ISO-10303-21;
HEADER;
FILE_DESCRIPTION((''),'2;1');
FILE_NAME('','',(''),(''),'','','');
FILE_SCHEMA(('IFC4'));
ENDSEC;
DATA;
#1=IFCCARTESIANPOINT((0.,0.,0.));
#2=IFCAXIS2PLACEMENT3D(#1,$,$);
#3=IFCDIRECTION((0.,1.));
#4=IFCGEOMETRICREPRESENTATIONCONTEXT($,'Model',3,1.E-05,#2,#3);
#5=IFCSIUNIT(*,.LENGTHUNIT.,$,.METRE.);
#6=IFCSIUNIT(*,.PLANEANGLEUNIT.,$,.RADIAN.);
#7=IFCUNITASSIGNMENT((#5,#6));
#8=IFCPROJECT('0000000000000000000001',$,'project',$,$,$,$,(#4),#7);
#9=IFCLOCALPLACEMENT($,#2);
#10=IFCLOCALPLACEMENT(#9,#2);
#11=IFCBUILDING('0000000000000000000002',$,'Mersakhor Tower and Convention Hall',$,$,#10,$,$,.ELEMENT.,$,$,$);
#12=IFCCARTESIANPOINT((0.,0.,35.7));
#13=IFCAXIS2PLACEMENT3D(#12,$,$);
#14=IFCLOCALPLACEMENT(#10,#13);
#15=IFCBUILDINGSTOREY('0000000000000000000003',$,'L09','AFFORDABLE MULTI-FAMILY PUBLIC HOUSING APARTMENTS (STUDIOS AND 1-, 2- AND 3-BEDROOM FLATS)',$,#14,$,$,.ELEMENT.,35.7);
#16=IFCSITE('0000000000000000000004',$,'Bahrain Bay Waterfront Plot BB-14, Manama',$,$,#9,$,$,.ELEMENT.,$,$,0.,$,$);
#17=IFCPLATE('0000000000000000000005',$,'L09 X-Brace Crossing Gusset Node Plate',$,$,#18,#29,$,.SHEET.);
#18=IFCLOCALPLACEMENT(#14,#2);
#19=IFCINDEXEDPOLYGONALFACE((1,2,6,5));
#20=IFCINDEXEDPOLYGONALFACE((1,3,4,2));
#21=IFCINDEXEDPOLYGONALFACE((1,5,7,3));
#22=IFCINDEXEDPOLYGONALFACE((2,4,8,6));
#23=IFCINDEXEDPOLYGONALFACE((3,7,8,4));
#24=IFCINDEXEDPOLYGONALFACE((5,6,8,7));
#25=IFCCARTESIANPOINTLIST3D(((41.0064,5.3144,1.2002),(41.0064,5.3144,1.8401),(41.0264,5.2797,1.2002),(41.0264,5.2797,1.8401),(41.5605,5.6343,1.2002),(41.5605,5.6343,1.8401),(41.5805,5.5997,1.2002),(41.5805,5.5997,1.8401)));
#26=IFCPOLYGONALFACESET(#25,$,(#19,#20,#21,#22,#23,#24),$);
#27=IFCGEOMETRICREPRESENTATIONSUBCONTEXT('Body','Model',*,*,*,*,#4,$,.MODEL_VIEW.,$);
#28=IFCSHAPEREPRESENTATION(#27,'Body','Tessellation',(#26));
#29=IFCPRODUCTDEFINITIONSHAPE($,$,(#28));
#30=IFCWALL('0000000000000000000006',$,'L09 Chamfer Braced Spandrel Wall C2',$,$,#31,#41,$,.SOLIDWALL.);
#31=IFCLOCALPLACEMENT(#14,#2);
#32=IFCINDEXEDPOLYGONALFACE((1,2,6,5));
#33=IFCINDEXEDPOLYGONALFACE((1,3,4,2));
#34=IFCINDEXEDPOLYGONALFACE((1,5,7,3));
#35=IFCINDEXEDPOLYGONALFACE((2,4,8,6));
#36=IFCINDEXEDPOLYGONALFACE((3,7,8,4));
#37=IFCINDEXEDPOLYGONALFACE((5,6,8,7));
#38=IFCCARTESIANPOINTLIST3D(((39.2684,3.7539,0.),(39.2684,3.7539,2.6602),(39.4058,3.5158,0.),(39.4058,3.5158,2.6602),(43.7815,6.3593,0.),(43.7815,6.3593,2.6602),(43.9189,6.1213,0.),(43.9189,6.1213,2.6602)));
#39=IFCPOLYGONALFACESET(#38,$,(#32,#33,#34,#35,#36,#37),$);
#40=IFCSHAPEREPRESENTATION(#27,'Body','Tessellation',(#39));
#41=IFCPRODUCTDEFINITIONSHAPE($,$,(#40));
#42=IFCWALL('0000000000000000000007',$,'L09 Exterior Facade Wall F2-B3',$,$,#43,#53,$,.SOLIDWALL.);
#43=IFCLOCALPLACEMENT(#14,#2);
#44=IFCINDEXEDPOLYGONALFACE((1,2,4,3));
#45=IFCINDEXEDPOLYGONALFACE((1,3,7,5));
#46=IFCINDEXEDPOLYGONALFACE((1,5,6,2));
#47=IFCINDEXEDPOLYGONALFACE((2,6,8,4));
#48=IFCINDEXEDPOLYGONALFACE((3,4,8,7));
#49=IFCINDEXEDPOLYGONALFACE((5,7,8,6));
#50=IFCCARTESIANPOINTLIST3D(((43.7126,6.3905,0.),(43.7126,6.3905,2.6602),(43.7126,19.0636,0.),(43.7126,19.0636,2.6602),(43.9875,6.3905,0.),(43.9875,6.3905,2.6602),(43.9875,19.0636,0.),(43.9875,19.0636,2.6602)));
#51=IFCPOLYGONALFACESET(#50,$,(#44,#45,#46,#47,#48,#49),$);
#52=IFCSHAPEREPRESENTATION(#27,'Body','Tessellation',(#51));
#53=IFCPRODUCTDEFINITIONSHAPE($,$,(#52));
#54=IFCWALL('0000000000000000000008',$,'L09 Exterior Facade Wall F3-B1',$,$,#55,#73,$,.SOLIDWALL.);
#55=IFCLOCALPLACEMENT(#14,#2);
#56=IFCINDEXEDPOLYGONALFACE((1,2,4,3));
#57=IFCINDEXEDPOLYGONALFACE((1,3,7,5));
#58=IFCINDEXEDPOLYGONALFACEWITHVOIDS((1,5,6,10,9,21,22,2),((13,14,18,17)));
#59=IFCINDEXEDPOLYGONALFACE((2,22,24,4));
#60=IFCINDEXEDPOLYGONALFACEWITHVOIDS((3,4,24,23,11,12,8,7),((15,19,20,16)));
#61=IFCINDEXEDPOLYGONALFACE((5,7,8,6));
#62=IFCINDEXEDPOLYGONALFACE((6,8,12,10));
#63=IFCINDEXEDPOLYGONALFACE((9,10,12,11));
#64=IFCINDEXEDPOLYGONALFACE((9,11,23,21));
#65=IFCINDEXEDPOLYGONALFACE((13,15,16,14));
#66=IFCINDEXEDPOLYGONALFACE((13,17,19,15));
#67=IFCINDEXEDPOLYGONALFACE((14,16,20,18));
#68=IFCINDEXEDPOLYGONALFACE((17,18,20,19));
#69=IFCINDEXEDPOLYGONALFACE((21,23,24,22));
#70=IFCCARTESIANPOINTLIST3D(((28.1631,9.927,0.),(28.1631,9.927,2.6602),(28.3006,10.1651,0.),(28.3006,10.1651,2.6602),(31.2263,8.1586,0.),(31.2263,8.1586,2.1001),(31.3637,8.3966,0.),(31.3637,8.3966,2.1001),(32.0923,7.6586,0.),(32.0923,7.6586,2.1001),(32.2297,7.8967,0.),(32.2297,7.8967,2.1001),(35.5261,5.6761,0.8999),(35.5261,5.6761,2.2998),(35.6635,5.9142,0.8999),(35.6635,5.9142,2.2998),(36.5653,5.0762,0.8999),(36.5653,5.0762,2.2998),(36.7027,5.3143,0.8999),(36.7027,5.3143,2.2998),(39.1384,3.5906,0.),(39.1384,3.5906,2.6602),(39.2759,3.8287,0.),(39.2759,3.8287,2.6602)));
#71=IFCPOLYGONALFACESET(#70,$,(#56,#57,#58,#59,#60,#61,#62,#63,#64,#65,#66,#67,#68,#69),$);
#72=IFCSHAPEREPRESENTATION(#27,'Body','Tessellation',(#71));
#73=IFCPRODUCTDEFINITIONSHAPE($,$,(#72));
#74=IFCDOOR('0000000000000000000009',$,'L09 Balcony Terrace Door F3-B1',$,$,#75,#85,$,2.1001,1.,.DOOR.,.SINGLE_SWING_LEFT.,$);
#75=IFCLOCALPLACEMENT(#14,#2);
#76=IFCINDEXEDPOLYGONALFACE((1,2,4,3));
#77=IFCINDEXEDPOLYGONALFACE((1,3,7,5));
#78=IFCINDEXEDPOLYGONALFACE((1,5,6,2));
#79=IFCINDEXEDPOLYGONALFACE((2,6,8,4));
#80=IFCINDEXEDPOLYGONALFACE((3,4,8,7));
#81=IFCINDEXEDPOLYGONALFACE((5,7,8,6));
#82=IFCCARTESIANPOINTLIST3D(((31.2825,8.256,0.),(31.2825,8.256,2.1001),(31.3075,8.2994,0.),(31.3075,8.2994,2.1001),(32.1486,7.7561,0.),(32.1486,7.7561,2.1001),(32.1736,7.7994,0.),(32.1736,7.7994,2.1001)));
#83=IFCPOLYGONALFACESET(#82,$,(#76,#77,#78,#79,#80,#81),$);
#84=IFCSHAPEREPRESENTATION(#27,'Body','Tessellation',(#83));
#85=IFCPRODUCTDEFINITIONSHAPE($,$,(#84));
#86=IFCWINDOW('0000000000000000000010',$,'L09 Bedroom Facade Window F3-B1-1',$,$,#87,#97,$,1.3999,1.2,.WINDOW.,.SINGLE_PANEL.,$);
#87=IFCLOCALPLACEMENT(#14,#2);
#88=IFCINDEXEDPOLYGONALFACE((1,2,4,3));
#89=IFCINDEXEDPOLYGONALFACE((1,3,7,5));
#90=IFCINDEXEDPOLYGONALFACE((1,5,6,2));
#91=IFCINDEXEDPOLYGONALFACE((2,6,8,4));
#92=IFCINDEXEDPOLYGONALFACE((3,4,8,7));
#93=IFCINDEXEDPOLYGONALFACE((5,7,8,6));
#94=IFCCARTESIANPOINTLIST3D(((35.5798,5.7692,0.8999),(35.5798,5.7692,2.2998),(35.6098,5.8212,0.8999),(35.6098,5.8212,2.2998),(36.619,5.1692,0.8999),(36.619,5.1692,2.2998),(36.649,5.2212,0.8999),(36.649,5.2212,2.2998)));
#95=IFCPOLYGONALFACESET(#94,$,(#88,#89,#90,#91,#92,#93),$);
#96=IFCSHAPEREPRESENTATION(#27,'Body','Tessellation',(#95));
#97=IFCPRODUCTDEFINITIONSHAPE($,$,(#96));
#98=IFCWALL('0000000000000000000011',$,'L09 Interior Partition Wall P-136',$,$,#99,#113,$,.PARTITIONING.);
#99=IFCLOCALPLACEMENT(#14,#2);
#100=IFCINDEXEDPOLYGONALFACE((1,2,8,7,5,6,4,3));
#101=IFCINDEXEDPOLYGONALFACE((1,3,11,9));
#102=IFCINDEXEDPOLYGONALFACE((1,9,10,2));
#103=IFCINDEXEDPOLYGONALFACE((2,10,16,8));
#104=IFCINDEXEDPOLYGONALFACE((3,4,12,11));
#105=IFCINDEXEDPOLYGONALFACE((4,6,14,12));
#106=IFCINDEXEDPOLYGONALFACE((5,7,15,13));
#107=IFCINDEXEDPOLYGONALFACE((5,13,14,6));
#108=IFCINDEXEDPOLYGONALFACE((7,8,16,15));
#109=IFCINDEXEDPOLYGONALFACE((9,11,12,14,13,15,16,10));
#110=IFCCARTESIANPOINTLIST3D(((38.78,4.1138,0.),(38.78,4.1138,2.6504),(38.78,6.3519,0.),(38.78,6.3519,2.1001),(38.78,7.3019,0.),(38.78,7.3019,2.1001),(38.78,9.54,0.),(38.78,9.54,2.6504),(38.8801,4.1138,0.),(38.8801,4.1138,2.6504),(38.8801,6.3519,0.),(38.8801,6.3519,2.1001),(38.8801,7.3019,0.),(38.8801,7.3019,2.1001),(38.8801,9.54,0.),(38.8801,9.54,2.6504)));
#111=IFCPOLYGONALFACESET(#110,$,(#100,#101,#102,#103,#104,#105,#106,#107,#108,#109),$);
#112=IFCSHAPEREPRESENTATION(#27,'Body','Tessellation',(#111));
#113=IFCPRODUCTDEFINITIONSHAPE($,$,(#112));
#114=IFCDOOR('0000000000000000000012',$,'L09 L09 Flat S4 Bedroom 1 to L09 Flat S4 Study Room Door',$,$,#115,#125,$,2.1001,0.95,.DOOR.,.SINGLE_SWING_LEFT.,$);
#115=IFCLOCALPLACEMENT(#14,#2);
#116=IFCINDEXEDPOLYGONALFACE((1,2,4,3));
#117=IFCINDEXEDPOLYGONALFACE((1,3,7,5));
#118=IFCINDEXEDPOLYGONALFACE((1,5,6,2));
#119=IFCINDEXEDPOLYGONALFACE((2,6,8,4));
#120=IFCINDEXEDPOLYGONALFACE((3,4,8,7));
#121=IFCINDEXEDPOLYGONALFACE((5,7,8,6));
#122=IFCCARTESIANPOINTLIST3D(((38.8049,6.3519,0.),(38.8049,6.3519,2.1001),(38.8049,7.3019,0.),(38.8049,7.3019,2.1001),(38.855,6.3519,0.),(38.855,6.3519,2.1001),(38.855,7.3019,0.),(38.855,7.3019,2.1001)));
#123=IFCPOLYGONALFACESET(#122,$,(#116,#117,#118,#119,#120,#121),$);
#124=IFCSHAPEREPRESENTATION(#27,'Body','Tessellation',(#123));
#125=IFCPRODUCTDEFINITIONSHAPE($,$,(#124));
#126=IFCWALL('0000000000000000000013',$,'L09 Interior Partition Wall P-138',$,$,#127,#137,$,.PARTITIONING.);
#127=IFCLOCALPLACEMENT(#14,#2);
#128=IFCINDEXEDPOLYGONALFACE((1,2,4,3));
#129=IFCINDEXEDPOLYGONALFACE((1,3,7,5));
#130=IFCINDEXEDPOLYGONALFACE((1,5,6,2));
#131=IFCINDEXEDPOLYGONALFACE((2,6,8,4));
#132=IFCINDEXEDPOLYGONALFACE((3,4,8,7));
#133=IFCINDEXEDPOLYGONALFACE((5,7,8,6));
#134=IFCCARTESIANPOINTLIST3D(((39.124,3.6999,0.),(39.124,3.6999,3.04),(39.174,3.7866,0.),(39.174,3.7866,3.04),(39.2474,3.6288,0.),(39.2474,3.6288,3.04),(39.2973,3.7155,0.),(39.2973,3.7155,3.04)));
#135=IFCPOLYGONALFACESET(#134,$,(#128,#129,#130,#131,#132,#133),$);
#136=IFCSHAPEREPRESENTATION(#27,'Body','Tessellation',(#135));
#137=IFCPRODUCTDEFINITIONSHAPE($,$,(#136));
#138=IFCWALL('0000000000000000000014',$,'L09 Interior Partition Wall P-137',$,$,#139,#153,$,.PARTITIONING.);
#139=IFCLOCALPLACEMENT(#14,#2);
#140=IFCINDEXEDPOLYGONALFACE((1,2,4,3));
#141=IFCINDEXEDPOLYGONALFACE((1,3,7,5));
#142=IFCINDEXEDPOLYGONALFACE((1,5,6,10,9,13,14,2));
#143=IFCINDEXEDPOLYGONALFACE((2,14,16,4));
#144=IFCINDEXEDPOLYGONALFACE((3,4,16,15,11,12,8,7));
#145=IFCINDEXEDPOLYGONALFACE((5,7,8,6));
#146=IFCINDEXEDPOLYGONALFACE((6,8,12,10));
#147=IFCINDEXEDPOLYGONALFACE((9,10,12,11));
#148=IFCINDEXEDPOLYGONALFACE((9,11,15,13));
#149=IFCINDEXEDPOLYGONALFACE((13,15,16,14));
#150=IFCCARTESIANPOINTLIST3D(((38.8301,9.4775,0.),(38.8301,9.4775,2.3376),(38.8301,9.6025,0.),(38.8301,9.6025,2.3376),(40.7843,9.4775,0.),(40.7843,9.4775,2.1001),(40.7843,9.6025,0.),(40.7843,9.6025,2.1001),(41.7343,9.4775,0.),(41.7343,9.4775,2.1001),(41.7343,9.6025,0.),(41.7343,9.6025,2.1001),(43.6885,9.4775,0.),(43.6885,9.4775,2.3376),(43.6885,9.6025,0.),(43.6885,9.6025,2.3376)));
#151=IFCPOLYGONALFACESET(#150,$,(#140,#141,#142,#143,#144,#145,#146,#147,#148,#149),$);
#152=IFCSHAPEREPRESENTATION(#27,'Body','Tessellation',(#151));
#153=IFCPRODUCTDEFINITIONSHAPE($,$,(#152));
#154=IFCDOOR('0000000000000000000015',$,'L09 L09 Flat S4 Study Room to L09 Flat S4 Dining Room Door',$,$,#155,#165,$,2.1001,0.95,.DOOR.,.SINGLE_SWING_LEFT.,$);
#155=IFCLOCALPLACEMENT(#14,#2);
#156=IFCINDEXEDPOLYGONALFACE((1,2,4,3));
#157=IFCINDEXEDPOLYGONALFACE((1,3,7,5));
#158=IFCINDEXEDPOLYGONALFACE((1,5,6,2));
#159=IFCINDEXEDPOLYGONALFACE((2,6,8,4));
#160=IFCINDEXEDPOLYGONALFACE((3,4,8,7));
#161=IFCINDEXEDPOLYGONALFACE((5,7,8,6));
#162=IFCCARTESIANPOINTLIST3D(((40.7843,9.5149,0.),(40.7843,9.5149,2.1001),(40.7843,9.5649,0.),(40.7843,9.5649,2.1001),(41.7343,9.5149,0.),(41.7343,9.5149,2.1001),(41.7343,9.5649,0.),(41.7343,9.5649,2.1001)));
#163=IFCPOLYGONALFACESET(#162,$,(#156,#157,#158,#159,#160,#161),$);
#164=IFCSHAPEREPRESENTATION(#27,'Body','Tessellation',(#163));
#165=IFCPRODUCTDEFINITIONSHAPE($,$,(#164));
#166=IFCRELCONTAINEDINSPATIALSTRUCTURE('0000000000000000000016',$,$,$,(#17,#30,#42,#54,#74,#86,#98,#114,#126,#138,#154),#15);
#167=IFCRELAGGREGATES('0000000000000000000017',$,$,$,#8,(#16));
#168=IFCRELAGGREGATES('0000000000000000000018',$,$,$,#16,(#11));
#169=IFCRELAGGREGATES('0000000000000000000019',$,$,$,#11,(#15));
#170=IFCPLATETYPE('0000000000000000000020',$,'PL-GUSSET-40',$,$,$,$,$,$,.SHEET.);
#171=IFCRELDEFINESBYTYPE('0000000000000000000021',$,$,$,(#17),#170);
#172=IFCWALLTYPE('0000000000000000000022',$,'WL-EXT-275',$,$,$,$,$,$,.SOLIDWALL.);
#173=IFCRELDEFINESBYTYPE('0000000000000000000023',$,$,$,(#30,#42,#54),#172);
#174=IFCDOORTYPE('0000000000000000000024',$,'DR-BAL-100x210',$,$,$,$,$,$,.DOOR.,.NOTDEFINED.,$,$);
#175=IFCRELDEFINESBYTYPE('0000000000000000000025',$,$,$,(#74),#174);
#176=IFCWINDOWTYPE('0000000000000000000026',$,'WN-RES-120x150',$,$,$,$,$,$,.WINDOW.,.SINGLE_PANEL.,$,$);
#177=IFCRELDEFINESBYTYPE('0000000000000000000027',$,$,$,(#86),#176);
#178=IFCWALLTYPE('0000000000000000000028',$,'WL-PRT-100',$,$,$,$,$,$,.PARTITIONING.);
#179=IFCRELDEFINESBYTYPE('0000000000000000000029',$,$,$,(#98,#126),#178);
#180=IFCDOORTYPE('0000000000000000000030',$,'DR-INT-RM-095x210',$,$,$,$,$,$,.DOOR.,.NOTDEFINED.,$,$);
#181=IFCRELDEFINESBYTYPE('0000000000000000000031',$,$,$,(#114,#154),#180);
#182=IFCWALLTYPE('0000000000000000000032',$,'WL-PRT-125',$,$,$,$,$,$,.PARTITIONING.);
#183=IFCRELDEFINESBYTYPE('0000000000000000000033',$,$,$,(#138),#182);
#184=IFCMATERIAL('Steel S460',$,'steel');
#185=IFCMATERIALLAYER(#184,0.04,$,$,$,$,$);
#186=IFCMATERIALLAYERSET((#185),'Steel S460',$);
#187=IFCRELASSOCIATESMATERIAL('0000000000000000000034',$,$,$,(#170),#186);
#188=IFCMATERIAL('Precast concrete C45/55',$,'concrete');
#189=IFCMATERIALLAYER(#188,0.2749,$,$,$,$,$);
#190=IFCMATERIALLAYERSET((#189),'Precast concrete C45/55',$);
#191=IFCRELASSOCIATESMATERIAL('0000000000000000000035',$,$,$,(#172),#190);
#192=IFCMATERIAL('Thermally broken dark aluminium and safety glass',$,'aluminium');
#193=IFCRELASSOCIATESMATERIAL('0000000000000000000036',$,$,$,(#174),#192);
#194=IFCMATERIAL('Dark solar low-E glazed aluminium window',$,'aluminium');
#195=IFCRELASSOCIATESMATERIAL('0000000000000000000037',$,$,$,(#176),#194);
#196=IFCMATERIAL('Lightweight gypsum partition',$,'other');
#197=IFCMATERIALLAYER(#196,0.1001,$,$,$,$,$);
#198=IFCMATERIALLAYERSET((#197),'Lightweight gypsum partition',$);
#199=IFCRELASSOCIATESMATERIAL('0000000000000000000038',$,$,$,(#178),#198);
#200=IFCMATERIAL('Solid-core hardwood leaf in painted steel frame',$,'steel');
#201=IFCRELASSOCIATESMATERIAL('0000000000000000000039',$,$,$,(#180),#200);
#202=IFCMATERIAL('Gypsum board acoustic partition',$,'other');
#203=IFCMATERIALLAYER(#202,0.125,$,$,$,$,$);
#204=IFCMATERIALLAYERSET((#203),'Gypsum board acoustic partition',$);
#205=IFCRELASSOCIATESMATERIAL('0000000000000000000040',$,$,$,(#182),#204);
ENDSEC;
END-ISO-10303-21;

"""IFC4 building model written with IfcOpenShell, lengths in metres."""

from ifc_helpers import new_model, si_unit, direction, frame, frame_2d, origin, origin_2d, place, context, subcontext, project, spatial, rectangle, extrude, material, layer, layer_set, type_object, element, fill, save


model = new_model("IFC4")

# Units and contexts
model_context = context("Model", 3, precision=1e-05, world=origin(), true_north=direction((0.0, 1.0)))
body_context = subcontext(model_context, "Body", "Model", "MODEL_VIEW")
ifc_project = project(units=[si_unit("LENGTHUNIT", "METRE"), si_unit("PLANEANGLEUNIT", "RADIAN")], contexts=[model_context])

# Site, building, storey
site_placement = place(None, origin())
site = spatial("IfcSite", under=ifc_project, at=site_placement, Name="Bahrain Bay Waterfront Plot BB-14, Manama", CompositionType="ELEMENT", RefElevation=0.0)
building_placement = place(site_placement, origin())
building = spatial("IfcBuilding", under=site, at=building_placement, Name="Mersakhor Tower and Convention Hall", CompositionType="ELEMENT")
storey_placement = place(building_placement, frame((0.0, 0.0, 35.7)))
storey = spatial("IfcBuildingStorey", under=building, at=storey_placement, Name="L09", Description="AFFORDABLE MULTI-FAMILY PUBLIC HOUSING APARTMENTS (STUDIOS AND 1-, 2- AND 3-BEDROOM FLATS)", CompositionType="ELEMENT", Elevation=35.7)

# Plate
ifc_material_1 = material(Name="Steel S460", Category="steel")
ifc_layer_1 = layer(ifc_material_1, 0.04)
ifc_layer_set_1 = layer_set([ifc_layer_1], Name="Steel S460")
plate_type_1 = type_object("IfcPlateType", Name="PL-GUSSET-40", PredefinedType="SHEET", material=ifc_layer_set_1)
plate_1_placement = place(storey_placement, frame((41.2935, 5.457, 1.2002), z_axis=(0.0, 0.0, 1.0), x_axis=(0.866025, 0.5, 0.0)))
element("IfcPlate", 1, at=plate_1_placement, inside=storey, type_object=plate_type_1, Name="L09 X-Brace Crossing Gusset Node Plate", PredefinedType="SHEET", context=body_context, shape_type="SweptSolid", body=[
    extrude(rectangle(XDim=0.6399, YDim=0.04, at=origin_2d()), origin(), (0.0, 0.0, 1.0), 0.6399),
])

# Walls
ifc_material_2 = material(Name="Precast concrete C45/55", Category="concrete")
ifc_layer_2 = layer(ifc_material_2, 0.2749)
ifc_layer_set_2 = layer_set([ifc_layer_2], Name="Precast concrete C45/55")
wall_type_1 = type_object("IfcWallType", Name="WL-EXT-275", PredefinedType="SOLIDWALL", material=ifc_layer_set_2)
wall_1_placement = place(storey_placement, frame((43.8501, 6.2402, 0.0), z_axis=(0.0, 0.0, 1.0), x_axis=(-0.866044, -0.499968, 0.0)))
element("IfcWall", 2, at=wall_1_placement, inside=storey, type_object=wall_type_1, Name="L09 Chamfer Braced Spandrel Wall C2", PredefinedType="SOLIDWALL", context=body_context, shape_type="SweptSolid", body=[
    extrude(rectangle(XDim=5.2112, YDim=0.2749, at=frame_2d((2.6055, 0.0))), origin(), (0.0, 0.0, 1.0), 2.6602),
])
wall_2_placement = place(storey_placement, frame((43.8501, 19.0635, 0.0), z_axis=(0.0, 0.0, 1.0), x_axis=(0.0, -1.0, 0.0)))
element("IfcWall", 3, at=wall_2_placement, inside=storey, type_object=wall_type_1, Name="L09 Exterior Facade Wall F2-B3", PredefinedType="SOLIDWALL", context=body_context, shape_type="SweptSolid", body=[
    extrude(rectangle(XDim=12.6731, YDim=0.2749, at=frame_2d((6.3364, 0.0))), origin(), (0.0, 0.0, 1.0), 2.6602),
])

# Wall, openings, door, window
wall_3_placement = place(storey_placement, frame((39.207, 3.7097, 0.0), z_axis=(0.0, 0.0, 1.0), x_axis=(-0.866032, 0.499989, 0.0)))
wall_3 = element("IfcWall", 4, at=wall_3_placement, inside=storey, type_object=wall_type_1, Name="L09 Exterior Facade Wall F3-B1", PredefinedType="SOLIDWALL", context=body_context, shape_type="SweptSolid", body=[
    extrude(rectangle(XDim=12.6731, YDim=0.2749, at=frame_2d((6.3364, 0.0))), origin(), (0.0, 0.0, 1.0), 2.6602),
])
opening_1_placement = place(wall_3_placement, frame((8.136, 0.0, 0.0)))
opening_1 = element("IfcOpeningElement", 5, at=opening_1_placement, cuts=wall_3, PredefinedType="OPENING", context=body_context, shape_type="SweptSolid", body=[
    extrude(rectangle(XDim=1.0, YDim=2.1001, at=frame_2d((0.5, 1.05))), frame((0.0, 0.1475, 0.0), z_axis=(0.0, -1.0, 0.0), x_axis=(1.0, 0.0, 0.0)), (0.0, 0.0, 1.0), 0.2949),
])
opening_2_placement = place(wall_3_placement, frame((2.9709, 0.0, 0.8999)))
opening_2 = element("IfcOpeningElement", 6, at=opening_2_placement, cuts=wall_3, PredefinedType="OPENING", context=body_context, shape_type="SweptSolid", body=[
    extrude(rectangle(XDim=1.2, YDim=1.3999, at=frame_2d((0.6001, 0.7))), frame((0.0, 0.1475, 0.0), z_axis=(0.0, -1.0, 0.0), x_axis=(1.0, 0.0, 0.0)), (0.0, 0.0, 1.0), 0.2949),
])
ifc_material_3 = material(Name="Thermally broken dark aluminium and safety glass", Category="aluminium")
door_type_1 = type_object("IfcDoorType", Name="DR-BAL-100x210", OperationType="NOTDEFINED", PredefinedType="DOOR", material=ifc_material_3)
door_1_placement = place(opening_1_placement, origin())
door_1 = element("IfcDoor", 7, at=door_1_placement, inside=storey, type_object=door_type_1, Name="L09 Balcony Terrace Door F3-B1", OperationType="SINGLE_SWING_LEFT", OverallHeight=2.1001, OverallWidth=1.0, PredefinedType="DOOR", context=body_context, shape_type="SweptSolid", body=[
    extrude(rectangle(XDim=1.0, YDim=2.1001, at=frame_2d((0.5, 1.05))), frame((0.0, 0.0249, 0.0), z_axis=(0.0, -1.0, 0.0), x_axis=(1.0, 0.0, 0.0)), (0.0, 0.0, 1.0), 0.05),
])
fill(opening_1, door_1)
ifc_material_4 = material(Name="Dark solar low-E glazed aluminium window", Category="aluminium")
window_type = type_object("IfcWindowType", Name="WN-RES-120x150", PartitioningType="SINGLE_PANEL", PredefinedType="WINDOW", material=ifc_material_4)
window_placement = place(opening_2_placement, origin())
window = element("IfcWindow", 8, at=window_placement, inside=storey, type_object=window_type, Name="L09 Bedroom Facade Window F3-B1-1", OverallHeight=1.3999, OverallWidth=1.2, PartitioningType="SINGLE_PANEL", PredefinedType="WINDOW", context=body_context, shape_type="SweptSolid", body=[
    extrude(rectangle(XDim=1.2, YDim=1.3999, at=frame_2d((0.6001, 0.7))), frame((0.0, 0.03, 0.0), z_axis=(0.0, -1.0, 0.0), x_axis=(1.0, 0.0, 0.0)), (0.0, 0.0, 1.0), 0.0601),
])
fill(opening_2, window)

# Wall, opening, door
ifc_material_5 = material(Name="Lightweight gypsum partition", Category="other")
ifc_layer_3 = layer(ifc_material_5, 0.1001)
ifc_layer_set_3 = layer_set([ifc_layer_3], Name="Lightweight gypsum partition")
wall_type_2 = type_object("IfcWallType", Name="WL-PRT-100", PredefinedType="PARTITIONING", material=ifc_layer_set_3)
wall_4_placement = place(storey_placement, frame((38.8301, 9.54, 0.0), z_axis=(0.0, 0.0, 1.0), x_axis=(0.0, -1.0, 0.0)))
wall_4 = element("IfcWall", 9, at=wall_4_placement, inside=storey, type_object=wall_type_2, Name="L09 Interior Partition Wall P-136", PredefinedType="PARTITIONING", context=body_context, shape_type="SweptSolid", body=[
    extrude(rectangle(XDim=5.4263, YDim=0.1001, at=frame_2d((2.7131, 0.0))), origin(), (0.0, 0.0, 1.0), 2.6504),
])
opening_3_placement = place(wall_4_placement, frame((2.238, 0.0, 0.0)))
opening_3 = element("IfcOpeningElement", 10, at=opening_3_placement, cuts=wall_4, PredefinedType="OPENING", context=body_context, shape_type="SweptSolid", body=[
    extrude(rectangle(XDim=0.95, YDim=2.1001, at=frame_2d((0.4751, 1.05))), frame((0.0, 0.0601, 0.0), z_axis=(0.0, -1.0, 0.0), x_axis=(1.0, 0.0, 0.0)), (0.0, 0.0, 1.0), 0.1201),
])
ifc_material_6 = material(Name="Solid-core hardwood leaf in painted steel frame", Category="steel")
door_type_2 = type_object("IfcDoorType", Name="DR-INT-RM-095x210", OperationType="NOTDEFINED", PredefinedType="DOOR", material=ifc_material_6)
door_2_placement = place(opening_3_placement, origin())
door_2 = element("IfcDoor", 11, at=door_2_placement, inside=storey, type_object=door_type_2, Name="L09 L09 Flat S4 Bedroom 1 to L09 Flat S4 Study Room Door", OperationType="SINGLE_SWING_LEFT", OverallHeight=2.1001, OverallWidth=0.95, PredefinedType="DOOR", context=body_context, shape_type="SweptSolid", body=[
    extrude(rectangle(XDim=0.95, YDim=2.1001, at=frame_2d((0.4751, 1.05))), frame((0.0, 0.0249, 0.0), z_axis=(0.0, -1.0, 0.0), x_axis=(1.0, 0.0, 0.0)), (0.0, 0.0, 1.0), 0.05),
])
fill(opening_3, door_2)

# Wall
wall_5_placement = place(storey_placement, frame((39.2725, 3.6721, 0.0), z_axis=(0.0, 0.0, 1.0), x_axis=(-0.866443, 0.499277, 0.0)))
element("IfcWall", 12, at=wall_5_placement, inside=storey, type_object=wall_type_2, Name="L09 Interior Partition Wall P-138", PredefinedType="PARTITIONING", context=body_context, shape_type="SweptSolid", body=[
    extrude(rectangle(XDim=0.1423, YDim=0.1001, at=frame_2d((0.0713, 0.0))), origin(), (0.0, 0.0, 1.0), 3.04),
])

# Wall, opening, door
ifc_material_7 = material(Name="Gypsum board acoustic partition", Category="other")
ifc_layer_4 = layer(ifc_material_7, 0.125)
ifc_layer_set_4 = layer_set([ifc_layer_4], Name="Gypsum board acoustic partition")
wall_type_3 = type_object("IfcWallType", Name="WL-PRT-125", PredefinedType="PARTITIONING", material=ifc_layer_set_4)
wall_6_placement = place(storey_placement, frame((38.8301, 9.54, 0.0), z_axis=(0.0, 0.0, 1.0), x_axis=(1.0, 0.0, 0.0)))
wall_6 = element("IfcWall", 13, at=wall_6_placement, inside=storey, type_object=wall_type_3, Name="L09 Interior Partition Wall P-137", PredefinedType="PARTITIONING", context=body_context, shape_type="SweptSolid", body=[
    extrude(rectangle(XDim=4.8584, YDim=0.125, at=frame_2d((2.4292, 0.0))), origin(), (0.0, 0.0, 1.0), 2.3376),
])
opening_4_placement = place(wall_6_placement, frame((1.9541, 0.0, 0.0)))
opening_4 = element("IfcOpeningElement", 14, at=opening_4_placement, cuts=wall_6, PredefinedType="OPENING", context=body_context, shape_type="SweptSolid", body=[
    extrude(rectangle(XDim=0.95, YDim=2.1001, at=frame_2d((0.4751, 1.05))), frame((0.0, 0.0725, 0.0), z_axis=(0.0, -1.0, 0.0), x_axis=(1.0, 0.0, 0.0)), (0.0, 0.0, 1.0), 0.145),
])
door_3_placement = place(opening_4_placement, origin())
door_3 = element("IfcDoor", 15, at=door_3_placement, inside=storey, type_object=door_type_2, Name="L09 L09 Flat S4 Study Room to L09 Flat S4 Dining Room Door", OperationType="SINGLE_SWING_LEFT", OverallHeight=2.1001, OverallWidth=0.95, PredefinedType="DOOR", context=body_context, shape_type="SweptSolid", body=[
    extrude(rectangle(XDim=0.95, YDim=2.1001, at=frame_2d((0.4751, 1.05))), frame((0.0, 0.0249, 0.0), z_axis=(0.0, -1.0, 0.0), x_axis=(1.0, 0.0, 0.0)), (0.0, 0.0, 1.0), 0.05),
])
fill(opening_4, door_3)

save(model, "model.ifc")
